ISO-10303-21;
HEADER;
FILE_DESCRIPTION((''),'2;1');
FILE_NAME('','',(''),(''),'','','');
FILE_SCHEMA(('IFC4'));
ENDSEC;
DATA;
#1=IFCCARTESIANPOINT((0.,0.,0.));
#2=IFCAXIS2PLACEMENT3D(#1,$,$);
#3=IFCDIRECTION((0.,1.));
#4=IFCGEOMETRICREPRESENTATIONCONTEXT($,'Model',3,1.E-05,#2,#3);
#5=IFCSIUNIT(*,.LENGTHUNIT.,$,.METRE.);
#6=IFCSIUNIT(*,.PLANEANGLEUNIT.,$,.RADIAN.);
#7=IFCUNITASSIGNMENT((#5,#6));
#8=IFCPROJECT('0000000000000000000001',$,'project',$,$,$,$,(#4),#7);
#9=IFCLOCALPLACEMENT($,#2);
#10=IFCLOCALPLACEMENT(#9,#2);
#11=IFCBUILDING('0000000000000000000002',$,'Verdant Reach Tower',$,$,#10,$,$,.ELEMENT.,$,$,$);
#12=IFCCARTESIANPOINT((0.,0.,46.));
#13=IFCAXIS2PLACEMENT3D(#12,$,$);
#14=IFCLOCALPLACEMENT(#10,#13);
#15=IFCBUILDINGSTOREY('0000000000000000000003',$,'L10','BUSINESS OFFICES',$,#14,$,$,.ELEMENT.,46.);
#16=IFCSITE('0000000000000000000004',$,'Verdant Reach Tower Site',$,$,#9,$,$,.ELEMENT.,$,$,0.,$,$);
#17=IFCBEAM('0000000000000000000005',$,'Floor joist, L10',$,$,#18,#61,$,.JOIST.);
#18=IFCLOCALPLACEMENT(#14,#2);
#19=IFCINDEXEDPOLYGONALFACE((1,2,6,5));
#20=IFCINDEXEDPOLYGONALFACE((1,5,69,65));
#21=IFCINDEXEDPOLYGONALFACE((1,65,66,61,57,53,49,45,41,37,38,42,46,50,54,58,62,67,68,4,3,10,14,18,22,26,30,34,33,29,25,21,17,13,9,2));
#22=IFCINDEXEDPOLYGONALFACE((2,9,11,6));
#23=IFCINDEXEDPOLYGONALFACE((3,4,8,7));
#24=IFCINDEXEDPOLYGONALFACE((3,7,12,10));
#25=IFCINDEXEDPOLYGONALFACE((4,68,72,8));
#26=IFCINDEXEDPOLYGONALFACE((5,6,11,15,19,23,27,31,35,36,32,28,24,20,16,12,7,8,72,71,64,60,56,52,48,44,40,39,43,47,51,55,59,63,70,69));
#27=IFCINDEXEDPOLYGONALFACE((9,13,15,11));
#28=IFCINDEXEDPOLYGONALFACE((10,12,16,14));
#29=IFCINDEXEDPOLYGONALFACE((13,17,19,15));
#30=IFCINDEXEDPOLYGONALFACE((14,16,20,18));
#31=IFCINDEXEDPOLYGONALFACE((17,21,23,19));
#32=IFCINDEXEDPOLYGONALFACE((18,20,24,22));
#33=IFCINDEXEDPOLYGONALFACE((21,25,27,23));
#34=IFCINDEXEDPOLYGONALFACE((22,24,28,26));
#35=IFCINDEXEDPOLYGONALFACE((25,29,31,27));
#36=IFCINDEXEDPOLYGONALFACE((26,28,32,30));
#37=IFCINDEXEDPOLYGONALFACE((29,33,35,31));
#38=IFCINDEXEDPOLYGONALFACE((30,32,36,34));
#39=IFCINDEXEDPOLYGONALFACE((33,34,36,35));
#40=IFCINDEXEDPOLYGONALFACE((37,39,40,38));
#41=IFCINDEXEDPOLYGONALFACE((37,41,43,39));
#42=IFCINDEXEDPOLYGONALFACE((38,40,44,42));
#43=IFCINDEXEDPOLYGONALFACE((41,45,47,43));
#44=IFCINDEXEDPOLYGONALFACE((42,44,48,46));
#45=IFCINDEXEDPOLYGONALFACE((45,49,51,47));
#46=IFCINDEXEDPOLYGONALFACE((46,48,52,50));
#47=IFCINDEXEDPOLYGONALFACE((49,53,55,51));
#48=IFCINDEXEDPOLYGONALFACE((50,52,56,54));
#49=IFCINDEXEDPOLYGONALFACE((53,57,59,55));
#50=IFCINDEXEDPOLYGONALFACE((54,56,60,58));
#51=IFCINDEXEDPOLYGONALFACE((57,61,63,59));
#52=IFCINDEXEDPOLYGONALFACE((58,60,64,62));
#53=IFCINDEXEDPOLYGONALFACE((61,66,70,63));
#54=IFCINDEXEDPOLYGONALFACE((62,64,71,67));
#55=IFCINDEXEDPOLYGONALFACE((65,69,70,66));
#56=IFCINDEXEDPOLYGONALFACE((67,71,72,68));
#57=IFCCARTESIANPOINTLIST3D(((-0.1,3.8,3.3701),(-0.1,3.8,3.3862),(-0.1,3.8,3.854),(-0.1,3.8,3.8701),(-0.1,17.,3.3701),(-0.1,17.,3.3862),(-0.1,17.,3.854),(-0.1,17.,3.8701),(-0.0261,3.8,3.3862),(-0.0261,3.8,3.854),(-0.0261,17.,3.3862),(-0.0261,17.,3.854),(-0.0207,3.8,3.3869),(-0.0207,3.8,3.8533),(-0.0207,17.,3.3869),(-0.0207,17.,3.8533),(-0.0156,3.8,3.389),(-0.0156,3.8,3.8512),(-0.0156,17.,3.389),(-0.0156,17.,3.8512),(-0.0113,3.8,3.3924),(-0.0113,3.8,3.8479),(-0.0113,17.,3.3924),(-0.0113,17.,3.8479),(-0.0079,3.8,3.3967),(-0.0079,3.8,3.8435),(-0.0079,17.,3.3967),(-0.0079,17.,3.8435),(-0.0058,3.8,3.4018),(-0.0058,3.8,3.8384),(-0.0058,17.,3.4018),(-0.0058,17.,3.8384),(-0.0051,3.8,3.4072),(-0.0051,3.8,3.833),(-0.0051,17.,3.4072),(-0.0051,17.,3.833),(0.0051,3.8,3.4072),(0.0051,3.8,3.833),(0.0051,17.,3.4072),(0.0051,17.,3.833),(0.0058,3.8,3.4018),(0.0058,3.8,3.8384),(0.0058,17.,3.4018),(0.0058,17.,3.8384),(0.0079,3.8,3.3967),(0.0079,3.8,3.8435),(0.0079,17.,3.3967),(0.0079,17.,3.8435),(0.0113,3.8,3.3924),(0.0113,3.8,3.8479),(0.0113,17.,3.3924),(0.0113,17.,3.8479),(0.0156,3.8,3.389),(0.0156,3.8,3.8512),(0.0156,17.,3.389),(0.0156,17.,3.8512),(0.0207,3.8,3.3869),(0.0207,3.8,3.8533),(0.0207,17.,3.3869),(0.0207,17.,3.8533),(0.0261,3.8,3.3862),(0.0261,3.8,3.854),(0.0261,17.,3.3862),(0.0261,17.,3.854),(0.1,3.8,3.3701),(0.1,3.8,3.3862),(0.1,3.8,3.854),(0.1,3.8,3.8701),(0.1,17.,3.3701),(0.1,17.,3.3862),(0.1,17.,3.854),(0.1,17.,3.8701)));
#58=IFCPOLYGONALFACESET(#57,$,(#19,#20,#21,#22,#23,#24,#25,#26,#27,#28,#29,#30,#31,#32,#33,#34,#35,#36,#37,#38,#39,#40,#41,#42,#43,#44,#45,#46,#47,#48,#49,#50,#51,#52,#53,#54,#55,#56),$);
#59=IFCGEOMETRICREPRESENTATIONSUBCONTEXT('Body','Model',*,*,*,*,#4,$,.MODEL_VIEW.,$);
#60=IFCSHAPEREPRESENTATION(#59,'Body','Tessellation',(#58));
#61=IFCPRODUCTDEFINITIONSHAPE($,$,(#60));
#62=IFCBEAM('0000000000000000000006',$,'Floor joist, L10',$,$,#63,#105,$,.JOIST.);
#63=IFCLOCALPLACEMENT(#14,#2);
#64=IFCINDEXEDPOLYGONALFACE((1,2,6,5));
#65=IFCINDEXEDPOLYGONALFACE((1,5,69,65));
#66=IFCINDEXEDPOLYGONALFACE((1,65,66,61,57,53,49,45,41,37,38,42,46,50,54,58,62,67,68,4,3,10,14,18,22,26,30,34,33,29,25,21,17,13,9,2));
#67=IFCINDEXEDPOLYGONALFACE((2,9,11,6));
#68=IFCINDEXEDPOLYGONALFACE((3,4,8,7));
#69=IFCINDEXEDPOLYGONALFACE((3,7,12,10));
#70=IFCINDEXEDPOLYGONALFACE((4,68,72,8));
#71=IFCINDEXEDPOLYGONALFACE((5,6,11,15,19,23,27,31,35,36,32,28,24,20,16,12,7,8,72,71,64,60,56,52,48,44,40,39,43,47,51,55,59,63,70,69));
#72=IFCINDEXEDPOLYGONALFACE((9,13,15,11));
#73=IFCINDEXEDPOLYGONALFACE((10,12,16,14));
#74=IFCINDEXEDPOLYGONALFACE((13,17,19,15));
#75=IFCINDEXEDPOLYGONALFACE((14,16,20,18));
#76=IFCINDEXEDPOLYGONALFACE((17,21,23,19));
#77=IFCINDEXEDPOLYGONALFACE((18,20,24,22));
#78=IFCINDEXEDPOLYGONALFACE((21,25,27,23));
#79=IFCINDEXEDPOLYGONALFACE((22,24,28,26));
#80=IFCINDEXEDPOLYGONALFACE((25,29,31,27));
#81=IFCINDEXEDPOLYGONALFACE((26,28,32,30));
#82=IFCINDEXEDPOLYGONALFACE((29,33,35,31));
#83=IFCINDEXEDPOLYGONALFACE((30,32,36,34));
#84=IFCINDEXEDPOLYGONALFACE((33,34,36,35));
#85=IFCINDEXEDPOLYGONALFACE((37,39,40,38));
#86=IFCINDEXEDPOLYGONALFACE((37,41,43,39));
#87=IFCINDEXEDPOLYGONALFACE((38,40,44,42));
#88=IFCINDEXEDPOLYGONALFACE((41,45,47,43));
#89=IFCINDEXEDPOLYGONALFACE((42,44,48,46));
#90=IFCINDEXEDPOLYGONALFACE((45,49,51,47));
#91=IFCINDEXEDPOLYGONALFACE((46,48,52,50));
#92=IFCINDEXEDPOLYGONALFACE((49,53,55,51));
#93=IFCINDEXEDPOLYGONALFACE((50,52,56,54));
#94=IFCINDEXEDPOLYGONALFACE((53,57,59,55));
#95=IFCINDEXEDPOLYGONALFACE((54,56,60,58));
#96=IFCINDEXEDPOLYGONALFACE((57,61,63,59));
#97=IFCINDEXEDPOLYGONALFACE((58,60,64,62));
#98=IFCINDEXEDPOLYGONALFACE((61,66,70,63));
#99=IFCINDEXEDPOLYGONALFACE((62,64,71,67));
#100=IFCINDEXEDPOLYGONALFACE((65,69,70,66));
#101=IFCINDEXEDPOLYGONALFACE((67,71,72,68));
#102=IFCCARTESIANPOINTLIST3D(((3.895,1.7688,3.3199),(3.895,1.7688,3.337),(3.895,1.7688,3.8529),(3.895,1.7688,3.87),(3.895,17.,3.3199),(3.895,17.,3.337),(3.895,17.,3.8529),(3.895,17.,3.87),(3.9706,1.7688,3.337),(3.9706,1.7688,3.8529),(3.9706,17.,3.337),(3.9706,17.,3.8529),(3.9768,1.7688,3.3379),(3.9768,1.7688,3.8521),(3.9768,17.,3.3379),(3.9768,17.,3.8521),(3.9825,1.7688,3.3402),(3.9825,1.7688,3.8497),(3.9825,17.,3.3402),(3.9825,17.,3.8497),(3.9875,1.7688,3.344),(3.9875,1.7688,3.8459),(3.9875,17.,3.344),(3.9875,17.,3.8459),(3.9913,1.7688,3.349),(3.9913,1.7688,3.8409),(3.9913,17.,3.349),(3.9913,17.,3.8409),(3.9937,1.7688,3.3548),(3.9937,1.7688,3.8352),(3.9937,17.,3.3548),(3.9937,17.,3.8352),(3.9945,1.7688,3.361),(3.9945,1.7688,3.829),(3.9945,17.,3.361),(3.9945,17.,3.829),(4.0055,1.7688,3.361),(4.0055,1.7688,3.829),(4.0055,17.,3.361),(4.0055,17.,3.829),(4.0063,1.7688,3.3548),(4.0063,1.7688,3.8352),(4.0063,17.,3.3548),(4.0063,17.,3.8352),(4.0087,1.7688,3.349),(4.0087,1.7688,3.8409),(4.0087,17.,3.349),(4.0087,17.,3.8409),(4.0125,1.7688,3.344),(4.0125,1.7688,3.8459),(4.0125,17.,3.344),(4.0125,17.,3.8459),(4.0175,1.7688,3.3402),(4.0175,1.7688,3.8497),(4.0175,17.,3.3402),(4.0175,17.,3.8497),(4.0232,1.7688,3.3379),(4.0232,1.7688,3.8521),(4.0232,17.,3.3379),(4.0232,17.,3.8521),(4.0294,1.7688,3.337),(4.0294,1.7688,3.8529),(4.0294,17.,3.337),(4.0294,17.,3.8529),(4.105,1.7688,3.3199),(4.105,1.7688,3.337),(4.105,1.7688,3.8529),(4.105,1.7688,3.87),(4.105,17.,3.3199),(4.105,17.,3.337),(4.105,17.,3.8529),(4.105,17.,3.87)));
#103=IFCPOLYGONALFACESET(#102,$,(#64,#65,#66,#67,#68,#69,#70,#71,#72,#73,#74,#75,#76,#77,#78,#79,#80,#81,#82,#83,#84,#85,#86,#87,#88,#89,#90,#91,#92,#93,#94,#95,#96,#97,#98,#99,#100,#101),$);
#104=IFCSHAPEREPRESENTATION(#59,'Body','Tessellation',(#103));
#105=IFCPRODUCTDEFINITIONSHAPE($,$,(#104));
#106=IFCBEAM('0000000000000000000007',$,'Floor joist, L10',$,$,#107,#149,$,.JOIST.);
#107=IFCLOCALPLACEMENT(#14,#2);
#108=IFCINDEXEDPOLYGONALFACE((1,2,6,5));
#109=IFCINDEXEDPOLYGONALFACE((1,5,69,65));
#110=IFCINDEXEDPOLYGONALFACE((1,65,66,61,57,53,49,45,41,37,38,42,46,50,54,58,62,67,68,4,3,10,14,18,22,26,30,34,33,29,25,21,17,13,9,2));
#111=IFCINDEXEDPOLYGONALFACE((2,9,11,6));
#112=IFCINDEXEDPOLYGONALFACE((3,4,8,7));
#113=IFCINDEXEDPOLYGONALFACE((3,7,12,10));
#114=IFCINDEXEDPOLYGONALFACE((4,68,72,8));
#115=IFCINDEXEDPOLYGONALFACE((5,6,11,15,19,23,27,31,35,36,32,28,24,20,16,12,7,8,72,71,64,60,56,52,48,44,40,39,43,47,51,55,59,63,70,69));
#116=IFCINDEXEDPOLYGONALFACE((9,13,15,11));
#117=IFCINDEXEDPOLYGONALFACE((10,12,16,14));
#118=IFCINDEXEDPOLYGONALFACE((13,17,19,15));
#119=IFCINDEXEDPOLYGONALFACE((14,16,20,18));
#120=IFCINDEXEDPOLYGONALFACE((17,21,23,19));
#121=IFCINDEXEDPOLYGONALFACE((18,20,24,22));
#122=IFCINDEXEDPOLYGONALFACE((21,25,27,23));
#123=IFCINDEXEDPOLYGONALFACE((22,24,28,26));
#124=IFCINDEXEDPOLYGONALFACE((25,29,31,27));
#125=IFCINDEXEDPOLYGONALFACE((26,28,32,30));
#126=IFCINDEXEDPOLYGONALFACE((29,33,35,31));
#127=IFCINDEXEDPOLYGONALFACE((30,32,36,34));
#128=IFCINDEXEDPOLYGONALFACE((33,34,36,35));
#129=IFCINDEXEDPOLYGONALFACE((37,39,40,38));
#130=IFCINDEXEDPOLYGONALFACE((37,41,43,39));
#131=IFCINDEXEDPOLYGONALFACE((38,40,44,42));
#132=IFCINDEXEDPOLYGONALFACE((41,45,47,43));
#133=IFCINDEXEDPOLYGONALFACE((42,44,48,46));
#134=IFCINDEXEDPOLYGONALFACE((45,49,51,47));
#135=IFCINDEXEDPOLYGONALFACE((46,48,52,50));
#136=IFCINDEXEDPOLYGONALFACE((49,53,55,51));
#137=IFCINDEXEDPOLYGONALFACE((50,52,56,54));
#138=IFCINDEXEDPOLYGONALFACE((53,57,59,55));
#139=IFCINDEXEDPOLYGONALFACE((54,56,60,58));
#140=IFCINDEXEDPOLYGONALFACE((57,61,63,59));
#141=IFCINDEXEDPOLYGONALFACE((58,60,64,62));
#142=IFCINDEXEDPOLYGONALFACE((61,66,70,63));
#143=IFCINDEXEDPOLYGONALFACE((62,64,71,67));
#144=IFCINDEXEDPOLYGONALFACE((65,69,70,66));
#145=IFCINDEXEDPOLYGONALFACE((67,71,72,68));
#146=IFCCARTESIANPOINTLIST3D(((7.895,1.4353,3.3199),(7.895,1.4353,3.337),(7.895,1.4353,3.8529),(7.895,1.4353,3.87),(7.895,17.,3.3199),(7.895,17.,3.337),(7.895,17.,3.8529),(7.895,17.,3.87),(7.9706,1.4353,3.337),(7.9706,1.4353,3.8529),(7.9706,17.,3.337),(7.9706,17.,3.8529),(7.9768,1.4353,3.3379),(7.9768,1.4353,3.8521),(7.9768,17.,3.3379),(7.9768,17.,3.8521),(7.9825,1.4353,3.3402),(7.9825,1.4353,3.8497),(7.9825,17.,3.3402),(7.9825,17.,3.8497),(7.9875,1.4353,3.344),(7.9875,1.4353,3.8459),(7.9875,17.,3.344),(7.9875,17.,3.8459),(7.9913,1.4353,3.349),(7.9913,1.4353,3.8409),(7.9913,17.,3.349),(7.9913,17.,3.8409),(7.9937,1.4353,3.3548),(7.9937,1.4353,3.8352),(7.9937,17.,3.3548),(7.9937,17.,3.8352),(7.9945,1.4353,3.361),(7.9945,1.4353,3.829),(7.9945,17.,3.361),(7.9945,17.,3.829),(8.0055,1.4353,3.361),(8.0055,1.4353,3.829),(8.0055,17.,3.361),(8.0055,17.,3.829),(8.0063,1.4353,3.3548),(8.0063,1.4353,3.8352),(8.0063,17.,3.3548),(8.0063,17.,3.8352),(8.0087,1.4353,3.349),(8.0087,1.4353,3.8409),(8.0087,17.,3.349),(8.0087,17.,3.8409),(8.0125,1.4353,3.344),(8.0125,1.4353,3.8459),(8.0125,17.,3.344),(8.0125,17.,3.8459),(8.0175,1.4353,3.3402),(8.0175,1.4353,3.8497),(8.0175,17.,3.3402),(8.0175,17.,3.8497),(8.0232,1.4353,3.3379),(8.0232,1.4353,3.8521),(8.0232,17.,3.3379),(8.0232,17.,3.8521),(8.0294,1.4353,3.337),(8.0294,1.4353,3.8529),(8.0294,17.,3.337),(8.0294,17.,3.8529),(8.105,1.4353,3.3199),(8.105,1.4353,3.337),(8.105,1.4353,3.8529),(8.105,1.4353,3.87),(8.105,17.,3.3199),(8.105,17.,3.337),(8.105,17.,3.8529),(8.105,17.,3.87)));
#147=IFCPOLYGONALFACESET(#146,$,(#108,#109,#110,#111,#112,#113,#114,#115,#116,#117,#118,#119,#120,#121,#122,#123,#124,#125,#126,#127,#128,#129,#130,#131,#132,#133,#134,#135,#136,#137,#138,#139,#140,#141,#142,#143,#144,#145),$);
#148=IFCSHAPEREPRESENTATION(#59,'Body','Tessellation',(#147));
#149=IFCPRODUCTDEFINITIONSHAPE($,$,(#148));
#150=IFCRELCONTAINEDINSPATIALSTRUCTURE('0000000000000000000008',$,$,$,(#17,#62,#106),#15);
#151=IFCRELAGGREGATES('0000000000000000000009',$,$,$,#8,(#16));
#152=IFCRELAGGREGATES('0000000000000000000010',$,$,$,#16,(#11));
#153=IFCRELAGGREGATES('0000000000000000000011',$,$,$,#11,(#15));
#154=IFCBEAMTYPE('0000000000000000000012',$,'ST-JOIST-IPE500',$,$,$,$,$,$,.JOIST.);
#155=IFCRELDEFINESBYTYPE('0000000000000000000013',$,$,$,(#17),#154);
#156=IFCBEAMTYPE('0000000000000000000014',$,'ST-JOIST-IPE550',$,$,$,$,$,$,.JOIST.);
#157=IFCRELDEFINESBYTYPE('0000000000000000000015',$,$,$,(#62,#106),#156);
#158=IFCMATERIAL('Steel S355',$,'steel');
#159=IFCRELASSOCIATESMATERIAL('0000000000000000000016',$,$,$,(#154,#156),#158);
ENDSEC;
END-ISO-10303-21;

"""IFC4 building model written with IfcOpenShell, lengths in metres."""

from ifc_helpers import new_model, si_unit, direction, frame, origin, origin_2d, place, context, subcontext, project, spatial, i_section, extrude, material, material_profile, profile_set, type_object, element, save


model = new_model("IFC4")

# Units and contexts
model_context = context("Model", 3, precision=1e-05, world=origin(), true_north=direction((0.0, 1.0)))
body_context = subcontext(model_context, "Body", "Model", "MODEL_VIEW")
ifc_project = project(units=[si_unit("LENGTHUNIT", "METRE"), si_unit("PLANEANGLEUNIT", "RADIAN")], contexts=[model_context])

# Site, building, storey
site_placement = place(None, origin())
site = spatial("IfcSite", under=ifc_project, at=site_placement, Name="Verdant Reach Tower Site", CompositionType="ELEMENT", RefElevation=0.0)
building_placement = place(site_placement, origin())
building = spatial("IfcBuilding", under=site, at=building_placement, Name="Verdant Reach Tower", CompositionType="ELEMENT")
storey_placement = place(building_placement, frame((0.0, 0.0, 46.0)))
storey = spatial("IfcBuildingStorey", under=building, at=storey_placement, Name="L10", Description="BUSINESS OFFICES", CompositionType="ELEMENT", Elevation=46.0)

# Beams
ifc_material_1 = material(Name="Steel S355", Category="steel")
ifc_material_profile_1 = material_profile(ifc_material_1, i_section(OverallWidth=0.2, OverallDepth=0.5, WebThickness=0.0103, FlangeThickness=0.0161, FilletRadius=0.021, at=origin_2d()), Name="IPE 500")
ifc_profile_set_1 = profile_set([ifc_material_profile_1], Name="Steel S355")
beam_type_1 = type_object("IfcBeamType", Name="ST-JOIST-IPE500", PredefinedType="JOIST", material=ifc_profile_set_1)
beam_1_placement = place(storey_placement, frame((0.0, 17.0, 3.6201), z_axis=(0.0, -1.0, 0.0), x_axis=(1.0, 0.0, 0.0)))
element("IfcBeam", 1, at=beam_1_placement, inside=storey, type_object=beam_type_1, Name="Floor joist, L10", PredefinedType="JOIST", context=body_context, shape_type="SweptSolid", body=[
    extrude(i_section(OverallWidth=0.2, OverallDepth=0.5, WebThickness=0.0103, FlangeThickness=0.0161, FilletRadius=0.021, at=origin_2d()), origin(), (0.0, 0.0, 1.0), 13.2),
])
ifc_material_profile_2 = material_profile(ifc_material_1, i_section(OverallWidth=0.21, OverallDepth=0.55, WebThickness=0.011, FlangeThickness=0.0171, FilletRadius=0.0239, at=origin_2d()), Name="IPE 550")
ifc_profile_set_2 = profile_set([ifc_material_profile_2], Name="Steel S355")
beam_type_2 = type_object("IfcBeamType", Name="ST-JOIST-IPE550", PredefinedType="JOIST", material=ifc_profile_set_2)
beam_2_placement = place(storey_placement, frame((4.0, 17.0, 3.595), z_axis=(0.0, -1.0, 0.0), x_axis=(1.0, 0.0, 0.0)))
element("IfcBeam", 2, at=beam_2_placement, inside=storey, type_object=beam_type_2, Name="Floor joist, L10", PredefinedType="JOIST", context=body_context, shape_type="SweptSolid", body=[
    extrude(i_section(OverallWidth=0.21, OverallDepth=0.55, WebThickness=0.011, FlangeThickness=0.0171, FilletRadius=0.0239, at=origin_2d()), origin(), (0.0, 0.0, 1.0), 15.2312),
])
beam_3_placement = place(storey_placement, frame((8.0, 17.0, 3.595), z_axis=(0.0, -1.0, 0.0), x_axis=(1.0, 0.0, 0.0)))
element("IfcBeam", 3, at=beam_3_placement, inside=storey, type_object=beam_type_2, Name="Floor joist, L10", PredefinedType="JOIST", context=body_context, shape_type="SweptSolid", body=[
    extrude(i_section(OverallWidth=0.21, OverallDepth=0.55, WebThickness=0.011, FlangeThickness=0.0171, FilletRadius=0.0239, at=origin_2d()), origin(), (0.0, 0.0, 1.0), 15.5647),
])

save(model, "model.ifc")
